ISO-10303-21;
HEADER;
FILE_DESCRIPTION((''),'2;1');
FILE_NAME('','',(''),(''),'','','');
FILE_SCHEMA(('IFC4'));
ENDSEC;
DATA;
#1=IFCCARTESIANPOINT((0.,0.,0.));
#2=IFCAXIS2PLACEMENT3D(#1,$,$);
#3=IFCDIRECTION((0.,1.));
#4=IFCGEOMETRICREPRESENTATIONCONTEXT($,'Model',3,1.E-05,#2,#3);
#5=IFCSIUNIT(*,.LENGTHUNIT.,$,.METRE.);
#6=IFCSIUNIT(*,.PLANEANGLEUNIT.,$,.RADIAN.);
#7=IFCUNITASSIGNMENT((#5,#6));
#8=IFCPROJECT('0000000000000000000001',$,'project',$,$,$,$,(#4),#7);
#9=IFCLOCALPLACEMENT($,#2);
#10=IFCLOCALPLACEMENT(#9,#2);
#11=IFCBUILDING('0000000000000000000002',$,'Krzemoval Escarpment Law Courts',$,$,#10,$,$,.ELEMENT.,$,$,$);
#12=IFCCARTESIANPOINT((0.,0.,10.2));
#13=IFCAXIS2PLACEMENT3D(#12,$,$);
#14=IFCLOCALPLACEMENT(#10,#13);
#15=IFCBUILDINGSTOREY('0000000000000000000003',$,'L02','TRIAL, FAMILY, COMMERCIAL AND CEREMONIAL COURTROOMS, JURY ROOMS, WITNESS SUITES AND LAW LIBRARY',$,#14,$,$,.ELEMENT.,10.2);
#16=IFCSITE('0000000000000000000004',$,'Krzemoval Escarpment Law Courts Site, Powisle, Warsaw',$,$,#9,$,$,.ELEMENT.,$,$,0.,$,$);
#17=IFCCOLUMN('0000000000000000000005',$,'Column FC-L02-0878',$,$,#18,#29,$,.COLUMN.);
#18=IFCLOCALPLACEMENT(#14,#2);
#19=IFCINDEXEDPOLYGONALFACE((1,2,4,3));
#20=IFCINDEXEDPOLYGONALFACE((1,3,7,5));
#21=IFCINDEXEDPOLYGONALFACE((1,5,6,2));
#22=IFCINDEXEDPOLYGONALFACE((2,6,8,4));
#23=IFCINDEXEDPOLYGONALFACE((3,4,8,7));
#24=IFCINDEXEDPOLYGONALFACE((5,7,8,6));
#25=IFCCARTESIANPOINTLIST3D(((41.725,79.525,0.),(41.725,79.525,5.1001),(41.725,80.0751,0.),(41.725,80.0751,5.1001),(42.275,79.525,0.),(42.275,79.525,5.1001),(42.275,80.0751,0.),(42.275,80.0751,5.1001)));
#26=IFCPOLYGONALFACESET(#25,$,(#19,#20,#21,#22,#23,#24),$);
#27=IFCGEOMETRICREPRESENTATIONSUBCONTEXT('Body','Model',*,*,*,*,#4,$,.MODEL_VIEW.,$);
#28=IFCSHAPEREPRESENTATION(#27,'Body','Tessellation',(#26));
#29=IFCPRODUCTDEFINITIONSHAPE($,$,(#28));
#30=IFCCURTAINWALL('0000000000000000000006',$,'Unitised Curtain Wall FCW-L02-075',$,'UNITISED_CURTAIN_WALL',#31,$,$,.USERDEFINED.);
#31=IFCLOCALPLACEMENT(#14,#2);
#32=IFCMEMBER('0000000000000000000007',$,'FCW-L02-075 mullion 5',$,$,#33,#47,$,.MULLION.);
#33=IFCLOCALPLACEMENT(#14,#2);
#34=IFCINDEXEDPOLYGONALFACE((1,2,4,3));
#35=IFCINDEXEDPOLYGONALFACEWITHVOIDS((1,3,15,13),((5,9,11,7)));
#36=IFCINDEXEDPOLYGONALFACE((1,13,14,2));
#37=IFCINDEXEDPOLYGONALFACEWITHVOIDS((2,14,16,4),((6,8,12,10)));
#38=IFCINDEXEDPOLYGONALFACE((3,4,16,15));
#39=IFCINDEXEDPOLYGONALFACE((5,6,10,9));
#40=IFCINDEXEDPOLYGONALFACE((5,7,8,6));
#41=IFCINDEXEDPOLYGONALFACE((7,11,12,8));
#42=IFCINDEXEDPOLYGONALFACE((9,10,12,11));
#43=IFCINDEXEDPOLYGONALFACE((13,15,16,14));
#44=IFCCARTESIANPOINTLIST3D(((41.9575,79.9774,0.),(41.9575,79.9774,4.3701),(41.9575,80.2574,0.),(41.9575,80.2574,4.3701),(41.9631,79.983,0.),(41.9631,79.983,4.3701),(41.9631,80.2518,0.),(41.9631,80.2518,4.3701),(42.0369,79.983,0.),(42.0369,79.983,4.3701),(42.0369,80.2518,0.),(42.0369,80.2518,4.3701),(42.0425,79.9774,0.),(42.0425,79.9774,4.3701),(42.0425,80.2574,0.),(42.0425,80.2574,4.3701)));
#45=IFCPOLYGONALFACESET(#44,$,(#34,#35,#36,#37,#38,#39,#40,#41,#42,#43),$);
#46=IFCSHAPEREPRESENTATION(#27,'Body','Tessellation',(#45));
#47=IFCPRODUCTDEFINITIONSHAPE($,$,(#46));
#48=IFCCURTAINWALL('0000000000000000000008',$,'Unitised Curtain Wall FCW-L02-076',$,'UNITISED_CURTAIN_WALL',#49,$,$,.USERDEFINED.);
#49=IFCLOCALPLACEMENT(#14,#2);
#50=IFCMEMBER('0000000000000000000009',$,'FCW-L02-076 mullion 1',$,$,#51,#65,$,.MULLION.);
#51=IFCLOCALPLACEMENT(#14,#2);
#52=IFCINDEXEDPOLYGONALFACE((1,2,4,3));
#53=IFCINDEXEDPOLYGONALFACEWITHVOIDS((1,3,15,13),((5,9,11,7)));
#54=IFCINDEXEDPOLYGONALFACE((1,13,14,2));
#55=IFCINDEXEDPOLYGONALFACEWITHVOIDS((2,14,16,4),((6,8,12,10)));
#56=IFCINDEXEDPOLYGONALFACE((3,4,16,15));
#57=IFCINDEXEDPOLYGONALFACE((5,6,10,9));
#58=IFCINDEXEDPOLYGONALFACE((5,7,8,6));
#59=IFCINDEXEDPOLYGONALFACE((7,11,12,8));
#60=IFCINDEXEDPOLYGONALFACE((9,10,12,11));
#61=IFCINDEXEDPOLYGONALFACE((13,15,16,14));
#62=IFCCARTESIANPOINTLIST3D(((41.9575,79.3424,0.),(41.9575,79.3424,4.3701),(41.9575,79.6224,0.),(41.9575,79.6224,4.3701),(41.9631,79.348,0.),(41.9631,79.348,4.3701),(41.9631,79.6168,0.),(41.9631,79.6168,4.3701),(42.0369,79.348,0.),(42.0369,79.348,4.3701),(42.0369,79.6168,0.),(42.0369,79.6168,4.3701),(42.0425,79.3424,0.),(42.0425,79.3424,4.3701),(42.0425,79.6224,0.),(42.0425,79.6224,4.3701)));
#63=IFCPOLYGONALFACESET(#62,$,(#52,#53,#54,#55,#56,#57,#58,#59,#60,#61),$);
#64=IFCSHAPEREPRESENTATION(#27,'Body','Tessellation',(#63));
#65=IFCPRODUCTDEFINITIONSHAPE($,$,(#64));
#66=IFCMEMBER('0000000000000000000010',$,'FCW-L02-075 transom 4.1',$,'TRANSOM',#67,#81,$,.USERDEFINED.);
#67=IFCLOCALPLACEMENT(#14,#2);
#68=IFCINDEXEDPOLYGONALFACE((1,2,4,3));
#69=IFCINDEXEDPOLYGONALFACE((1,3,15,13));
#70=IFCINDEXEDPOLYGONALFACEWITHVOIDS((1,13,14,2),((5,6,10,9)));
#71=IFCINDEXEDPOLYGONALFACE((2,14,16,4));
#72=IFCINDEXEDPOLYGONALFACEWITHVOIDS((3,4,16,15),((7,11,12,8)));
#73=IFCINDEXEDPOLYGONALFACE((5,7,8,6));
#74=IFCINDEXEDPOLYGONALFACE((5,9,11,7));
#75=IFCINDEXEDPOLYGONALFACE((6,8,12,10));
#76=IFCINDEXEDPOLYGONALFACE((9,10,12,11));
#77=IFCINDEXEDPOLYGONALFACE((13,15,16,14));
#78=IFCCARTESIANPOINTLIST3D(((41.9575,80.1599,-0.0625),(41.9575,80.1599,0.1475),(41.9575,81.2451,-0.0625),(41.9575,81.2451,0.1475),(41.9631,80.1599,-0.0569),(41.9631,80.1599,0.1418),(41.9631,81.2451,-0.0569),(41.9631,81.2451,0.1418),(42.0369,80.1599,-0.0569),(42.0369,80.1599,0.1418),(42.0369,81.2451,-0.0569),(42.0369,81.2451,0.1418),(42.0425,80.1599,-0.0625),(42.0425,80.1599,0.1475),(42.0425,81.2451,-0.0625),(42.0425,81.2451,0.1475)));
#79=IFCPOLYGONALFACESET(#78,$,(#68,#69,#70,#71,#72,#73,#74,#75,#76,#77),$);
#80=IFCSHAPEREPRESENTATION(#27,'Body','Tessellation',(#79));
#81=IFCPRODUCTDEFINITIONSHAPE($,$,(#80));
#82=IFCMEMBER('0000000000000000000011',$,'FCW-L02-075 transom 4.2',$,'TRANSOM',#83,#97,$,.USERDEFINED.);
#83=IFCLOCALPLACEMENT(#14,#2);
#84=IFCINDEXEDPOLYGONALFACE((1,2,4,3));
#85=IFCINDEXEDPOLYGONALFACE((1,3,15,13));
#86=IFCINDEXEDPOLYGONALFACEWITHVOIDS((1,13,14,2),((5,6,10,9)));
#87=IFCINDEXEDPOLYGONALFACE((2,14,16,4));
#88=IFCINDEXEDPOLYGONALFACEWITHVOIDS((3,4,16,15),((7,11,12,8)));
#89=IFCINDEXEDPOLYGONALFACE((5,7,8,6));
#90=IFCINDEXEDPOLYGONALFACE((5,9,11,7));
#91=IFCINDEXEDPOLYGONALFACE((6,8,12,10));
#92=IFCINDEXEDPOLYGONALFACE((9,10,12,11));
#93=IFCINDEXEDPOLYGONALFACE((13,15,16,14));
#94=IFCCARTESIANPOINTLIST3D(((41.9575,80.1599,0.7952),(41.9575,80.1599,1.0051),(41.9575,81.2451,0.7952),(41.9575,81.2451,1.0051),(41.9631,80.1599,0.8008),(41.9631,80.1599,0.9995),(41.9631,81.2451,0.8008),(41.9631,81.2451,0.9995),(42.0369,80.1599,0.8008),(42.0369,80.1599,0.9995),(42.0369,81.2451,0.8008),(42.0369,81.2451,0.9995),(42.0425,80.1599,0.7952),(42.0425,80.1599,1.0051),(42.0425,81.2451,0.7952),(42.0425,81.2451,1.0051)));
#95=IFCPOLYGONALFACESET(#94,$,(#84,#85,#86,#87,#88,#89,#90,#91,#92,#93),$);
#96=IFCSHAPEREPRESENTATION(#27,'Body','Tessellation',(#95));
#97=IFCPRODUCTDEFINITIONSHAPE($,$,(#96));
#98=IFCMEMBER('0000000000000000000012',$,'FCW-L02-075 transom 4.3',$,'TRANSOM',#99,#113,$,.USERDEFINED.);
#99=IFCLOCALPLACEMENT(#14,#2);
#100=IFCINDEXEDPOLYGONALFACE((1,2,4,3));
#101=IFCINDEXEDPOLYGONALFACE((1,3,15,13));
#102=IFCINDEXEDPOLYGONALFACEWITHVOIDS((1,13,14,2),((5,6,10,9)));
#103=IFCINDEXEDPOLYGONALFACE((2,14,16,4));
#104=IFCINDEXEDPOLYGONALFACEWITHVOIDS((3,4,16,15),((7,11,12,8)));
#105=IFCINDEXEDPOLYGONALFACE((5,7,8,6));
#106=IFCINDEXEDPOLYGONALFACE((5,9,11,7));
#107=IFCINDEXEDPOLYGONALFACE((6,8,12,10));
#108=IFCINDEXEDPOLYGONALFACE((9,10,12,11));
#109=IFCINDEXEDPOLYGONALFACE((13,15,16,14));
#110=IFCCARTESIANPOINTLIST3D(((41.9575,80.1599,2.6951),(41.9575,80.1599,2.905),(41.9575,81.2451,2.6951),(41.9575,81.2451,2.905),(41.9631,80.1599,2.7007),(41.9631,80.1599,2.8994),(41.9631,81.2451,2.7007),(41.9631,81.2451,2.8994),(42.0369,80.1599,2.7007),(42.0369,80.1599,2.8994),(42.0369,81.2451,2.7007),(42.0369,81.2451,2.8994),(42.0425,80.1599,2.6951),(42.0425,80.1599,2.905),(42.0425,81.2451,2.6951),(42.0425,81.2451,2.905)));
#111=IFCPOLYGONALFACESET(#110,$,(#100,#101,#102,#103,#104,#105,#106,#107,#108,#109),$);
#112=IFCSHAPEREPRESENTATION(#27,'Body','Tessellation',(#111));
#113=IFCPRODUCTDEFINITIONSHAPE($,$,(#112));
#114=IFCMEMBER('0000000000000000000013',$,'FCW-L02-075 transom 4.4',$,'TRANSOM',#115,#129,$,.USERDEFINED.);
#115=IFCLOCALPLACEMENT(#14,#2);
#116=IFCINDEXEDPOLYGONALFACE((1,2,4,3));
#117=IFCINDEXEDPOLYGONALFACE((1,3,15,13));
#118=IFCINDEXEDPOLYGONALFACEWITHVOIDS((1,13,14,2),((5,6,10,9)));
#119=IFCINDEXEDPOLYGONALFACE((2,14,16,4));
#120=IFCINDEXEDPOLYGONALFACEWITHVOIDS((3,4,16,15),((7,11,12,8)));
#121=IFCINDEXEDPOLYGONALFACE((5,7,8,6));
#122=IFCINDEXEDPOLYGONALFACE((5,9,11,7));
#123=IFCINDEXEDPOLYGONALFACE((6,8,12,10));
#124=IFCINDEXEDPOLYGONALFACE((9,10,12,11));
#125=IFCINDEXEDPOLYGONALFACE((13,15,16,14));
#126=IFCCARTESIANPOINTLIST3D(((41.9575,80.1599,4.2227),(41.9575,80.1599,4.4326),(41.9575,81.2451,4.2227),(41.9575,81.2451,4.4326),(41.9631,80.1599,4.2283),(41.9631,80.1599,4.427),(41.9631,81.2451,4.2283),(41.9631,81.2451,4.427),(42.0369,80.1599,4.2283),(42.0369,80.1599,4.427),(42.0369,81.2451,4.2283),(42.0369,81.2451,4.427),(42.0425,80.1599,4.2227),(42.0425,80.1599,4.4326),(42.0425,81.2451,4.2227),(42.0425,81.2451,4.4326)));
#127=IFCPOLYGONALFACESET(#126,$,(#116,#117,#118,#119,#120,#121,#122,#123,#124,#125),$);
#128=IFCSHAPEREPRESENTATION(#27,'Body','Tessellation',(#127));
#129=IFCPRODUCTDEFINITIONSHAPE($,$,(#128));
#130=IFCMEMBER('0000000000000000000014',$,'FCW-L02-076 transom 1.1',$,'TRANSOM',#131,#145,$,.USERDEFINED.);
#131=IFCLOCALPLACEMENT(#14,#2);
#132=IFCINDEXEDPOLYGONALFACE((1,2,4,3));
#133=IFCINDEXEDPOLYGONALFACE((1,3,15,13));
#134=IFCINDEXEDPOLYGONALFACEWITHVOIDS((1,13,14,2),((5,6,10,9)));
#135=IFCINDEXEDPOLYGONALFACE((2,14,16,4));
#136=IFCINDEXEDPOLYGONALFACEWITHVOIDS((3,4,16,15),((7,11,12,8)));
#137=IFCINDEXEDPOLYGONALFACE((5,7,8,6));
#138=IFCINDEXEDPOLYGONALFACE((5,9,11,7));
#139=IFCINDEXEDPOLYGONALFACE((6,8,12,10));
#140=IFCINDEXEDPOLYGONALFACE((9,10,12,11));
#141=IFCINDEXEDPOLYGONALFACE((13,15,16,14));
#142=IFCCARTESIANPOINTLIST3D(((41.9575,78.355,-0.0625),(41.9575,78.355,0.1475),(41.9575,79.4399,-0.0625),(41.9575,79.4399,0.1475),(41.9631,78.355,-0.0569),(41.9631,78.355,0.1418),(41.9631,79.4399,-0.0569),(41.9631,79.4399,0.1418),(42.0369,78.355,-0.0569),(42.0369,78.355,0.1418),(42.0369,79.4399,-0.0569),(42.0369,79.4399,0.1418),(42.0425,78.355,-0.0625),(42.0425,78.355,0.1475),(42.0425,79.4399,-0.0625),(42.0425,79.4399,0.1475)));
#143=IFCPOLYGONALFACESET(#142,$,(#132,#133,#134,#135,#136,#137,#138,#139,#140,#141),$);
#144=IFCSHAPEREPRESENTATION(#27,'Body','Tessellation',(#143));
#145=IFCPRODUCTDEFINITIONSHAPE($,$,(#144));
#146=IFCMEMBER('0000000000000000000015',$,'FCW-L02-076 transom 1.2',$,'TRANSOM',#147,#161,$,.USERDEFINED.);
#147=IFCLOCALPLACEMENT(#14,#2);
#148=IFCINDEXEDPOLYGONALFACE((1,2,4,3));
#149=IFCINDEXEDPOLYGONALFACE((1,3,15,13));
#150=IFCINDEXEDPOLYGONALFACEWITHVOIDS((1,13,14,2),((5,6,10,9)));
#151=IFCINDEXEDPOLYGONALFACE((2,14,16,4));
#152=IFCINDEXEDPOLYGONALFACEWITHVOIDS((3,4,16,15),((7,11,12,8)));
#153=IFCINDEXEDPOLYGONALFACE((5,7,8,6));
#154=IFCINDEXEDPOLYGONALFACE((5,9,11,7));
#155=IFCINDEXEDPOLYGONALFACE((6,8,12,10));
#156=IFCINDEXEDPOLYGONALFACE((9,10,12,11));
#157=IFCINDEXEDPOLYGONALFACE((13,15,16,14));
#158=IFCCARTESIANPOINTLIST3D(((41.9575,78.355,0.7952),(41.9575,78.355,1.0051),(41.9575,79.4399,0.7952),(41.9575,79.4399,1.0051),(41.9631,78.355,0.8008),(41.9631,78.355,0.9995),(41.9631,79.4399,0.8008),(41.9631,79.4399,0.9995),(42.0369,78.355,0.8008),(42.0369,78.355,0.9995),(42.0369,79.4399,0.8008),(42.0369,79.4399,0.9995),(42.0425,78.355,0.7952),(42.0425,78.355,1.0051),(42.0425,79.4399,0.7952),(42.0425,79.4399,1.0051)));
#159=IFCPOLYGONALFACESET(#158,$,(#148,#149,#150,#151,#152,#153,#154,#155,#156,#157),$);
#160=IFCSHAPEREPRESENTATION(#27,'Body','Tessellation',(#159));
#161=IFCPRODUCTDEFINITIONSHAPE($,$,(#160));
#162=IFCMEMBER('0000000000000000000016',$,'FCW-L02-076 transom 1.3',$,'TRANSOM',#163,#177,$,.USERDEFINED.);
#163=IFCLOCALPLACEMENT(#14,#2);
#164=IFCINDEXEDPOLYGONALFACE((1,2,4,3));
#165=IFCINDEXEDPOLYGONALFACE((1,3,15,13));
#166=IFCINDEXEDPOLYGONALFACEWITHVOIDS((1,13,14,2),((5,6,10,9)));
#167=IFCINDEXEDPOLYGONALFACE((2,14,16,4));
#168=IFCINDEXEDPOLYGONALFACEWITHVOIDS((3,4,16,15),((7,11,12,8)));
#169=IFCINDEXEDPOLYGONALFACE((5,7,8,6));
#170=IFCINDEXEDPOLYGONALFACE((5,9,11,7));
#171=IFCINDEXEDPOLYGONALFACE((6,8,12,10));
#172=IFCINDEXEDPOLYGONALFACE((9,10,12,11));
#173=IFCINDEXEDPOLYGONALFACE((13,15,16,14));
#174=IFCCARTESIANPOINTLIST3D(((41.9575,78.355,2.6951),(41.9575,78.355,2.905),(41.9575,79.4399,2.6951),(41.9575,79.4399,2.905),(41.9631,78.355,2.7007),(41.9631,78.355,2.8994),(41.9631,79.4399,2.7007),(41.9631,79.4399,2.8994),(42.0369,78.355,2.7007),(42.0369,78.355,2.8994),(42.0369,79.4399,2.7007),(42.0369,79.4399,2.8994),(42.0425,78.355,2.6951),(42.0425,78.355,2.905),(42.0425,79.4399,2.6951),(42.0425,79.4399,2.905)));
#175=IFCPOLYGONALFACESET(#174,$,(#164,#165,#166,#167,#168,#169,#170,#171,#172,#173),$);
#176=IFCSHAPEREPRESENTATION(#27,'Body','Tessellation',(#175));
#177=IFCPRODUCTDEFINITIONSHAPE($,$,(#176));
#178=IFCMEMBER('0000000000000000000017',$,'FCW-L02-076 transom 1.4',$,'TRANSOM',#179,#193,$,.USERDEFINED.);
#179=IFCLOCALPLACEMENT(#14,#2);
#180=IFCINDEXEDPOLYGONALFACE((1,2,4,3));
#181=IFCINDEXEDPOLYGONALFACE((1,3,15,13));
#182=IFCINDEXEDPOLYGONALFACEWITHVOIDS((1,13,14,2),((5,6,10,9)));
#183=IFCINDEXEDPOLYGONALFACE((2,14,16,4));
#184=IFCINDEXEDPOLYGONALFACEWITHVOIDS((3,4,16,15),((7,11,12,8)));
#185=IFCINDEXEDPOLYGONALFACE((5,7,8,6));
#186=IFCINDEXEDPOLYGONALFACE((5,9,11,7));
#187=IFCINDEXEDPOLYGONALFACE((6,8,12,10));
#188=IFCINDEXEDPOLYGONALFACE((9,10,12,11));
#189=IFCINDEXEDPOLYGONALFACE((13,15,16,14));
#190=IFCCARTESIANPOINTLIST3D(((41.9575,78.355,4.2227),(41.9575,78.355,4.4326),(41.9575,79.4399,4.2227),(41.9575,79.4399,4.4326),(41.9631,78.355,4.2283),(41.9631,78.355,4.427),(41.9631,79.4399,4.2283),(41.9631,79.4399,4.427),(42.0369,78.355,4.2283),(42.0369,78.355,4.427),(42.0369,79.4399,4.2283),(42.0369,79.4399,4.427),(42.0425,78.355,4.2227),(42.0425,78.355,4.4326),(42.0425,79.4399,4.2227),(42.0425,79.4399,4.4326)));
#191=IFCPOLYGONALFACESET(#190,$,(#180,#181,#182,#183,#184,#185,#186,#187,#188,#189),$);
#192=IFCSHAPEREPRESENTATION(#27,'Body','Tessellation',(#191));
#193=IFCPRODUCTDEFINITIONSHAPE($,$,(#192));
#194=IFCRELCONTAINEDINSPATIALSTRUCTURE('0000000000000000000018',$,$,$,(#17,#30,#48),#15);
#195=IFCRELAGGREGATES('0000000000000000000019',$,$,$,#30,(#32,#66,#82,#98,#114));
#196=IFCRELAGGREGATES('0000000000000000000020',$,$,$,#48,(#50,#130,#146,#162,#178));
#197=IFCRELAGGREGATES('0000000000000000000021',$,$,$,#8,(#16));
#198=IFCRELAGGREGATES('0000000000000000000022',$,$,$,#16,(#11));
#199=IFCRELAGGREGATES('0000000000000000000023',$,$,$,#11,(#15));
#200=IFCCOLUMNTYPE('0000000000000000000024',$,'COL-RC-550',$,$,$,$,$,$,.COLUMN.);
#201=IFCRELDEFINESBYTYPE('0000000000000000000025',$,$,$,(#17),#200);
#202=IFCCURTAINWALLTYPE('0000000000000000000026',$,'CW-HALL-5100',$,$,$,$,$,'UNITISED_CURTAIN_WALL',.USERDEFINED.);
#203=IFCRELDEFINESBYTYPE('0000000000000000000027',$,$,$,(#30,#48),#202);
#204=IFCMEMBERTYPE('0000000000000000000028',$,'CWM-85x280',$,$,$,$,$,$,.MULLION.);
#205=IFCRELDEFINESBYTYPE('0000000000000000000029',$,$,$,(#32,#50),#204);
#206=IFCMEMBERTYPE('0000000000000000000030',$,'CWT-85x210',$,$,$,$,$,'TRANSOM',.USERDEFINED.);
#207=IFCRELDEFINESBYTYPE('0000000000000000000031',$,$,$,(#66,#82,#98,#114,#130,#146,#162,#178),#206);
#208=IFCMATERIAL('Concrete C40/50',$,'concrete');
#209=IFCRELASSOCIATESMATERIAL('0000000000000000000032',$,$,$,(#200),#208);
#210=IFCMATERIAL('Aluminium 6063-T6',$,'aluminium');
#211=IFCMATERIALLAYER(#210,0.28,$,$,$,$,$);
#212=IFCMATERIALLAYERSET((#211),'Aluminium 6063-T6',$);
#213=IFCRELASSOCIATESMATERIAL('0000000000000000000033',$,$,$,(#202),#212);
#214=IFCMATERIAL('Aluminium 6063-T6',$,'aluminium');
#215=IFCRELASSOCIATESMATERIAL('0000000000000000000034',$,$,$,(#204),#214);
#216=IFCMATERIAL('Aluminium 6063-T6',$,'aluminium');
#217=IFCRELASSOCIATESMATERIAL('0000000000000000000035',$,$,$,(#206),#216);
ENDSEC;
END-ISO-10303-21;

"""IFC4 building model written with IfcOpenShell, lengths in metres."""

from ifc_helpers import new_model, si_unit, direction, frame, origin, origin_2d, place, context, subcontext, project, spatial, rectangle, hollow_rectangle, extrude, material, layer, layer_set, material_profile, profile_set, type_object, element, aggregate, save


model = new_model("IFC4")

# Units and contexts
model_context = context("Model", 3, precision=1e-05, world=origin(), true_north=direction((0.0, 1.0)))
body_context = subcontext(model_context, "Body", "Model", "MODEL_VIEW")
ifc_project = project(units=[si_unit("LENGTHUNIT", "METRE"), si_unit("PLANEANGLEUNIT", "RADIAN")], contexts=[model_context])

# Site, building, storey
site_placement = place(None, origin())
site = spatial("IfcSite", under=ifc_project, at=site_placement, Name="Krzemoval Escarpment Law Courts Site, Powisle, Warsaw", CompositionType="ELEMENT", RefElevation=0.0)
building_placement = place(site_placement, origin())
building = spatial("IfcBuilding", under=site, at=building_placement, Name="Krzemoval Escarpment Law Courts", CompositionType="ELEMENT")
storey_placement = place(building_placement, frame((0.0, 0.0, 10.2)))
storey = spatial("IfcBuildingStorey", under=building, at=storey_placement, Name="L02", Description="TRIAL, FAMILY, COMMERCIAL AND CEREMONIAL COURTROOMS, JURY ROOMS, WITNESS SUITES AND LAW LIBRARY", CompositionType="ELEMENT", Elevation=10.2)

# Column
ifc_material_1 = material(Name="Concrete C40/50", Category="concrete")
ifc_material_profile_1 = material_profile(ifc_material_1, rectangle(XDim=0.55, YDim=0.55, at=origin_2d()), Name="RC 550x550")
ifc_profile_set_1 = profile_set([ifc_material_profile_1], Name="Concrete C40/50")
column_type = type_object("IfcColumnType", Name="COL-RC-550", PredefinedType="COLUMN", material=ifc_profile_set_1)
column_placement = place(storey_placement, frame((42.0, 79.8, 0.0), z_axis=(0.0, 0.0, 1.0), x_axis=(1.0, 0.0, 0.0)))
element("IfcColumn", 1, at=column_placement, inside=storey, type_object=column_type, Name="Column FC-L02-0878", PredefinedType="COLUMN", context=body_context, shape_type="SweptSolid", body=[
    extrude(rectangle(XDim=0.55, YDim=0.55, at=origin_2d()), origin(), (0.0, 0.0, 1.0), 5.1001),
])

# Curtain walls, members
ifc_material_2 = material(Name="Aluminium 6063-T6", Category="aluminium")
ifc_layer_1 = layer(ifc_material_2, 0.28)
ifc_layer_set_1 = layer_set([ifc_layer_1], Name="Aluminium 6063-T6")
curtain_wall_type = type_object("IfcCurtainWallType", Name="CW-HALL-5100", ElementType="UNITISED_CURTAIN_WALL", PredefinedType="USERDEFINED", material=ifc_layer_set_1)
curtain_wall_1_placement = place(storey_placement, origin())
curtain_wall_1 = element("IfcCurtainWall", 2, at=curtain_wall_1_placement, inside=storey, type_object=curtain_wall_type, Name="Unitised Curtain Wall FCW-L02-075", ObjectType="UNITISED_CURTAIN_WALL", PredefinedType="USERDEFINED")
ifc_material_3 = material(Name="Aluminium 6063-T6", Category="aluminium")
ifc_material_profile_2 = material_profile(ifc_material_3, hollow_rectangle(XDim=0.085, YDim=0.28, WallThickness=0.0056, at=origin_2d()), Name="ALU M85x280")
ifc_profile_set_2 = profile_set([ifc_material_profile_2], Name="Aluminium 6063-T6")
member_type_1 = type_object("IfcMemberType", Name="CWM-85x280", PredefinedType="MULLION", material=ifc_profile_set_2)
member_1_placement = place(storey_placement, frame((42.0, 80.1174, 0.0), z_axis=(0.0, 0.0, 1.0), x_axis=(1.0, 0.0, 0.0)))
member_1 = element("IfcMember", 3, at=member_1_placement, type_object=member_type_1, Name="FCW-L02-075 mullion 5", PredefinedType="MULLION", context=body_context, shape_type="SweptSolid", body=[
    extrude(hollow_rectangle(XDim=0.085, YDim=0.28, WallThickness=0.0056, at=origin_2d()), origin(), (0.0, 0.0, 1.0), 4.3701),
])
curtain_wall_2_placement = place(storey_placement, origin())
curtain_wall_2 = element("IfcCurtainWall", 4, at=curtain_wall_2_placement, inside=storey, type_object=curtain_wall_type, Name="Unitised Curtain Wall FCW-L02-076", ObjectType="UNITISED_CURTAIN_WALL", PredefinedType="USERDEFINED")
member_2_placement = place(storey_placement, frame((42.0, 79.4824, 0.0), z_axis=(0.0, 0.0, 1.0), x_axis=(1.0, 0.0, 0.0)))
member_2 = element("IfcMember", 5, at=member_2_placement, type_object=member_type_1, Name="FCW-L02-076 mullion 1", PredefinedType="MULLION", context=body_context, shape_type="SweptSolid", body=[
    extrude(hollow_rectangle(XDim=0.085, YDim=0.28, WallThickness=0.0056, at=origin_2d()), origin(), (0.0, 0.0, 1.0), 4.3701),
])

# Members
ifc_material_4 = material(Name="Aluminium 6063-T6", Category="aluminium")
ifc_material_profile_3 = material_profile(ifc_material_4, hollow_rectangle(XDim=0.085, YDim=0.21, WallThickness=0.0056, at=origin_2d()), Name="ALU T85x210")
ifc_profile_set_3 = profile_set([ifc_material_profile_3], Name="Aluminium 6063-T6")
member_type_2 = type_object("IfcMemberType", Name="CWT-85x210", ElementType="TRANSOM", PredefinedType="USERDEFINED", material=ifc_profile_set_3)
member_3_placement = place(storey_placement, frame((42.0, 81.2451, 0.0425), z_axis=(0.0, -1.0, 0.0), x_axis=(1.0, 0.0, 0.0)))
member_3 = element("IfcMember", 6, at=member_3_placement, type_object=member_type_2, Name="FCW-L02-075 transom 4.1", ObjectType="TRANSOM", PredefinedType="USERDEFINED", context=body_context, shape_type="SweptSolid", body=[
    extrude(hollow_rectangle(XDim=0.085, YDim=0.21, WallThickness=0.0056, at=origin_2d()), origin(), (0.0, 0.0, 1.0), 1.0852),
])
member_4_placement = place(storey_placement, frame((42.0, 81.2451, 0.9001), z_axis=(0.0, -1.0, 0.0), x_axis=(1.0, 0.0, 0.0)))
member_4 = element("IfcMember", 7, at=member_4_placement, type_object=member_type_2, Name="FCW-L02-075 transom 4.2", ObjectType="TRANSOM", PredefinedType="USERDEFINED", context=body_context, shape_type="SweptSolid", body=[
    extrude(hollow_rectangle(XDim=0.085, YDim=0.21, WallThickness=0.0056, at=origin_2d()), origin(), (0.0, 0.0, 1.0), 1.0852),
])
member_5_placement = place(storey_placement, frame((42.0, 81.2451, 2.8), z_axis=(0.0, -1.0, 0.0), x_axis=(1.0, 0.0, 0.0)))
member_5 = element("IfcMember", 8, at=member_5_placement, type_object=member_type_2, Name="FCW-L02-075 transom 4.3", ObjectType="TRANSOM", PredefinedType="USERDEFINED", context=body_context, shape_type="SweptSolid", body=[
    extrude(hollow_rectangle(XDim=0.085, YDim=0.21, WallThickness=0.0056, at=origin_2d()), origin(), (0.0, 0.0, 1.0), 1.0852),
])
member_6_placement = place(storey_placement, frame((42.0, 81.2451, 4.3276), z_axis=(0.0, -1.0, 0.0), x_axis=(1.0, 0.0, 0.0)))
member_6 = element("IfcMember", 9, at=member_6_placement, type_object=member_type_2, Name="FCW-L02-075 transom 4.4", ObjectType="TRANSOM", PredefinedType="USERDEFINED", context=body_context, shape_type="SweptSolid", body=[
    extrude(hollow_rectangle(XDim=0.085, YDim=0.21, WallThickness=0.0056, at=origin_2d()), origin(), (0.0, 0.0, 1.0), 1.0852),
])
member_7_placement = place(storey_placement, frame((42.0, 79.4399, 0.0425), z_axis=(0.0, -1.0, 0.0), x_axis=(1.0, 0.0, 0.0)))
member_7 = element("IfcMember", 10, at=member_7_placement, type_object=member_type_2, Name="FCW-L02-076 transom 1.1", ObjectType="TRANSOM", PredefinedType="USERDEFINED", context=body_context, shape_type="SweptSolid", body=[
    extrude(hollow_rectangle(XDim=0.085, YDim=0.21, WallThickness=0.0056, at=origin_2d()), origin(), (0.0, 0.0, 1.0), 1.085),
])
member_8_placement = place(storey_placement, frame((42.0, 79.4399, 0.9001), z_axis=(0.0, -1.0, 0.0), x_axis=(1.0, 0.0, 0.0)))
member_8 = element("IfcMember", 11, at=member_8_placement, type_object=member_type_2, Name="FCW-L02-076 transom 1.2", ObjectType="TRANSOM", PredefinedType="USERDEFINED", context=body_context, shape_type="SweptSolid", body=[
    extrude(hollow_rectangle(XDim=0.085, YDim=0.21, WallThickness=0.0056, at=origin_2d()), origin(), (0.0, 0.0, 1.0), 1.085),
])
member_9_placement = place(storey_placement, frame((42.0, 79.4399, 2.8), z_axis=(0.0, -1.0, 0.0), x_axis=(1.0, 0.0, 0.0)))
member_9 = element("IfcMember", 12, at=member_9_placement, type_object=member_type_2, Name="FCW-L02-076 transom 1.3", ObjectType="TRANSOM", PredefinedType="USERDEFINED", context=body_context, shape_type="SweptSolid", body=[
    extrude(hollow_rectangle(XDim=0.085, YDim=0.21, WallThickness=0.0056, at=origin_2d()), origin(), (0.0, 0.0, 1.0), 1.085),
])
member_10_placement = place(storey_placement, frame((42.0, 79.4399, 4.3276), z_axis=(0.0, -1.0, 0.0), x_axis=(1.0, 0.0, 0.0)))
member_10 = element("IfcMember", 13, at=member_10_placement, type_object=member_type_2, Name="FCW-L02-076 transom 1.4", ObjectType="TRANSOM", PredefinedType="USERDEFINED", context=body_context, shape_type="SweptSolid", body=[
    extrude(hollow_rectangle(XDim=0.085, YDim=0.21, WallThickness=0.0056, at=origin_2d()), origin(), (0.0, 0.0, 1.0), 1.085),
])

aggregate(curtain_wall_1, [member_1, member_3, member_4, member_5, member_6])
aggregate(curtain_wall_2, [member_2, member_7, member_8, member_9, member_10])

save(model, "model.ifc")
